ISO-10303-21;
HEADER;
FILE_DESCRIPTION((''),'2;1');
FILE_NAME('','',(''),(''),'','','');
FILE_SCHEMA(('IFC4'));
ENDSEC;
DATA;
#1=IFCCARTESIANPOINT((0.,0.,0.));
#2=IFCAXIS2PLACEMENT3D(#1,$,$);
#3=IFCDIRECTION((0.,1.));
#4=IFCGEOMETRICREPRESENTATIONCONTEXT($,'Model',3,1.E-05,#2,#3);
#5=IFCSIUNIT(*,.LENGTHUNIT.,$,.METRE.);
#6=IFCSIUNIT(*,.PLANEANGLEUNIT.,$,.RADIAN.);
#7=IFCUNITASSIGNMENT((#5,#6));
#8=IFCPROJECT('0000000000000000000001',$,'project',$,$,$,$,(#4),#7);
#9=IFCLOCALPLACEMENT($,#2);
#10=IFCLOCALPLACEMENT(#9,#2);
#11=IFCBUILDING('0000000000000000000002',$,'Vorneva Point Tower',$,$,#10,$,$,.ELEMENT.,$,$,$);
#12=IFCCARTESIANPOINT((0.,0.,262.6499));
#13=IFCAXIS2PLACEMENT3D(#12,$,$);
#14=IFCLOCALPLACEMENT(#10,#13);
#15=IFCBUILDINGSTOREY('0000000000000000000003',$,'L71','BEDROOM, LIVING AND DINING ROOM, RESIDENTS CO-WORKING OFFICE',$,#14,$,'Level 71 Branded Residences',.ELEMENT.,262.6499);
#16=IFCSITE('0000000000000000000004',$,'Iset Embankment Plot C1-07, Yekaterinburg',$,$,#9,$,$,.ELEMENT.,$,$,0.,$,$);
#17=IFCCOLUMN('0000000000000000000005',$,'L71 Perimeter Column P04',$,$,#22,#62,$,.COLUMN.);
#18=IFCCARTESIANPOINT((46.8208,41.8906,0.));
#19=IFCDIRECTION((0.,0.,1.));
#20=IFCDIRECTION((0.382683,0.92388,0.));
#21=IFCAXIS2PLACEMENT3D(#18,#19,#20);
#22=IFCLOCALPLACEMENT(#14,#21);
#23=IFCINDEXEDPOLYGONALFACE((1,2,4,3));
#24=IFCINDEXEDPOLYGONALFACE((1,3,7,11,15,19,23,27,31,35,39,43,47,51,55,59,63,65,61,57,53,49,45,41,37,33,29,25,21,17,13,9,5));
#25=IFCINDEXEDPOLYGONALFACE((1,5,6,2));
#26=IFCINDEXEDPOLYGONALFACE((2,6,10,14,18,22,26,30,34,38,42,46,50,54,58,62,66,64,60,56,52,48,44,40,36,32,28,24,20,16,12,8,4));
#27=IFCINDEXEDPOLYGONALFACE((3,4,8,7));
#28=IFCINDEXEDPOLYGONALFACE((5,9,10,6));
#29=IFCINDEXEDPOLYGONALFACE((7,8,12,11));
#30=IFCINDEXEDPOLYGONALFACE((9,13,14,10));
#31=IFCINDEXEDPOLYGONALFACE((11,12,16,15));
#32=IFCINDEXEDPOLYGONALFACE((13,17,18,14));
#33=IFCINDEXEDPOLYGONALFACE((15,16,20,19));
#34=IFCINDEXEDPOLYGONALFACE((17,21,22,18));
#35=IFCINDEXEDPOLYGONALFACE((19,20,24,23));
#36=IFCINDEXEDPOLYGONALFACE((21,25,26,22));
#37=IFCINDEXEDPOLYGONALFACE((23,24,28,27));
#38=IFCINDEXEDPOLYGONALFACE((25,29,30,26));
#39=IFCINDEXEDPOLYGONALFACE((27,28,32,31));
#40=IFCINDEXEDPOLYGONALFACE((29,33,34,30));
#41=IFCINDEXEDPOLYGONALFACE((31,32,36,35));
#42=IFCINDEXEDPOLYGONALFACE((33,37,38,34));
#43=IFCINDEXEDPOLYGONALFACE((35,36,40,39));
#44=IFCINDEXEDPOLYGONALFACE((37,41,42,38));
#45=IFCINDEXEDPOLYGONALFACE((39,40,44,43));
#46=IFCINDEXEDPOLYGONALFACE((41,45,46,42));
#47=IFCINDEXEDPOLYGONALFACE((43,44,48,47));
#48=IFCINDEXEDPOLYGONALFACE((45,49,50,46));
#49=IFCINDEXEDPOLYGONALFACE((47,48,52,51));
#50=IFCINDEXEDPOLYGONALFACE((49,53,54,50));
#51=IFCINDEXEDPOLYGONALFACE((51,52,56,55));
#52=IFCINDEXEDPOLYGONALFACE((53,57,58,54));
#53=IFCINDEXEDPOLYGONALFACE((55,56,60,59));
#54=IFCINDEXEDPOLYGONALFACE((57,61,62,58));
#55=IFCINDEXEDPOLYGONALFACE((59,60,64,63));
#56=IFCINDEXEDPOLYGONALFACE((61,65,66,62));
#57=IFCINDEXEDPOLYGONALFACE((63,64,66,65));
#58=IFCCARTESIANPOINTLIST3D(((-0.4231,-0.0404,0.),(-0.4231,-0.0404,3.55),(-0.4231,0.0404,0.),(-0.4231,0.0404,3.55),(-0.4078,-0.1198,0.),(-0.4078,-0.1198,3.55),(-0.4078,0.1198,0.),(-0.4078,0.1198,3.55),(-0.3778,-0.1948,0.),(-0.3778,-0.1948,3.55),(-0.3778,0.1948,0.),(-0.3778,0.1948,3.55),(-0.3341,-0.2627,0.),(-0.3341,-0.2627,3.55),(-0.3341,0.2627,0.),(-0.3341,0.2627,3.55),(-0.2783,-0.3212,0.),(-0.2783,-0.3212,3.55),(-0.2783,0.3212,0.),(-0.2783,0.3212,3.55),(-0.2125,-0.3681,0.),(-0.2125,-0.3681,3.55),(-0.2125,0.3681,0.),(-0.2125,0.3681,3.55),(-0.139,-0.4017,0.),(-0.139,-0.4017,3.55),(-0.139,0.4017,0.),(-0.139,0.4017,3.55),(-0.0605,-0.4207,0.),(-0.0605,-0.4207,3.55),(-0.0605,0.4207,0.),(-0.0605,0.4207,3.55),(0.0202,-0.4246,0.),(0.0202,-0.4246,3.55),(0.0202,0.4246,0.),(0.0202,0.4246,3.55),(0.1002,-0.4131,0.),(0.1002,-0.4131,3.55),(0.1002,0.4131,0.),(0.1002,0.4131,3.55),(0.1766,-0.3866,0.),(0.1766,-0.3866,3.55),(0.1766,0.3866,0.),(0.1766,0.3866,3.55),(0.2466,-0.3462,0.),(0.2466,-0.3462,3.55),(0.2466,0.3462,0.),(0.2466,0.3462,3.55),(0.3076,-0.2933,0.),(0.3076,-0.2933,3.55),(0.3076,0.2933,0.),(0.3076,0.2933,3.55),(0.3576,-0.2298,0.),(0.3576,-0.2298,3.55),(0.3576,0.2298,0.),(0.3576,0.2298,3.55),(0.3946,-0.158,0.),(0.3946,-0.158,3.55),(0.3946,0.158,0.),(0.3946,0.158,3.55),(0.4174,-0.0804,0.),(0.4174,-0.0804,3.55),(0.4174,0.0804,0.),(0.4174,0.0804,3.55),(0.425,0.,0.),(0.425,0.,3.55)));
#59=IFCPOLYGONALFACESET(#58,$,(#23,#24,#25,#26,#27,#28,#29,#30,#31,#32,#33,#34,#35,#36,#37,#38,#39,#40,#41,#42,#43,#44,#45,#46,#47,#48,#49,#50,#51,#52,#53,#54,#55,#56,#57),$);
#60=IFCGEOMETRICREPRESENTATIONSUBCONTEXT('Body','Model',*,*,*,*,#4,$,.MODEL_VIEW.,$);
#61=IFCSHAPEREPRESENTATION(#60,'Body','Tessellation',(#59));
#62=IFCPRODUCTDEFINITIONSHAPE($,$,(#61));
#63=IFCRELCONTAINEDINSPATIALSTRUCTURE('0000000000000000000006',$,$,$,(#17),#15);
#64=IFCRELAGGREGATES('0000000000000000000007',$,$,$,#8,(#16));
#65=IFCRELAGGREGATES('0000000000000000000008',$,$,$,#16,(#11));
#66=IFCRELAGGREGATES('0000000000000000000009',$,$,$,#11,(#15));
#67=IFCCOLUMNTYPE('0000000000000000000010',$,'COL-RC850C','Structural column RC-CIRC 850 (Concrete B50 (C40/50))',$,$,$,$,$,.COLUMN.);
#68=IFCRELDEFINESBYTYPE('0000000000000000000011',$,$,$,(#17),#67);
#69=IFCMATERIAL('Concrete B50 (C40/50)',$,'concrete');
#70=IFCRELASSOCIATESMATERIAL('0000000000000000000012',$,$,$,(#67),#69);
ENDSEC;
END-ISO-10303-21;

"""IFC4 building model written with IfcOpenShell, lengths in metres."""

from ifc_helpers import new_model, si_unit, direction, frame, origin, origin_2d, place, context, subcontext, project, spatial, circle, extrude, material, material_profile, profile_set, type_object, element, save


model = new_model("IFC4")

# Units and contexts
model_context = context("Model", 3, precision=1e-05, world=origin(), true_north=direction((0.0, 1.0)))
body_context = subcontext(model_context, "Body", "Model", "MODEL_VIEW")
ifc_project = project(units=[si_unit("LENGTHUNIT", "METRE"), si_unit("PLANEANGLEUNIT", "RADIAN")], contexts=[model_context])

# Site, building, storey
site_placement = place(None, origin())
site = spatial("IfcSite", under=ifc_project, at=site_placement, Name="Iset Embankment Plot C1-07, Yekaterinburg", CompositionType="ELEMENT", RefElevation=0.0)
building_placement = place(site_placement, origin())
building = spatial("IfcBuilding", under=site, at=building_placement, Name="Vorneva Point Tower", CompositionType="ELEMENT")
storey_placement = place(building_placement, frame((0.0, 0.0, 262.6499)))
storey = spatial("IfcBuildingStorey", under=building, at=storey_placement, Name="L71", Description="BEDROOM, LIVING AND DINING ROOM, RESIDENTS CO-WORKING OFFICE", LongName="Level 71 Branded Residences", CompositionType="ELEMENT", Elevation=262.6499)

# Column
ifc_material_1 = material(Name="Concrete B50 (C40/50)", Category="concrete")
ifc_material_profile_1 = material_profile(ifc_material_1, circle(Radius=0.425, at=origin_2d()), Name="RC-CIRC 850")
ifc_profile_set_1 = profile_set([ifc_material_profile_1], Name="Concrete B50 (C40/50)")
column_type = type_object("IfcColumnType", Name="COL-RC850C", Description="Structural column RC-CIRC 850 (Concrete B50 (C40/50))", PredefinedType="COLUMN", material=ifc_profile_set_1)
column_placement = place(storey_placement, frame((46.8208, 41.8906, 0.0), z_axis=(0.0, 0.0, 1.0), x_axis=(0.382683, 0.92388, 0.0)))
element("IfcColumn", 1, at=column_placement, inside=storey, type_object=column_type, Name="L71 Perimeter Column P04", PredefinedType="COLUMN", context=body_context, shape_type="SweptSolid", body=[
    extrude(circle(Radius=0.425, at=origin_2d()), origin(), (0.0, 0.0, 1.0), 3.55),
])

save(model, "model.ifc")
